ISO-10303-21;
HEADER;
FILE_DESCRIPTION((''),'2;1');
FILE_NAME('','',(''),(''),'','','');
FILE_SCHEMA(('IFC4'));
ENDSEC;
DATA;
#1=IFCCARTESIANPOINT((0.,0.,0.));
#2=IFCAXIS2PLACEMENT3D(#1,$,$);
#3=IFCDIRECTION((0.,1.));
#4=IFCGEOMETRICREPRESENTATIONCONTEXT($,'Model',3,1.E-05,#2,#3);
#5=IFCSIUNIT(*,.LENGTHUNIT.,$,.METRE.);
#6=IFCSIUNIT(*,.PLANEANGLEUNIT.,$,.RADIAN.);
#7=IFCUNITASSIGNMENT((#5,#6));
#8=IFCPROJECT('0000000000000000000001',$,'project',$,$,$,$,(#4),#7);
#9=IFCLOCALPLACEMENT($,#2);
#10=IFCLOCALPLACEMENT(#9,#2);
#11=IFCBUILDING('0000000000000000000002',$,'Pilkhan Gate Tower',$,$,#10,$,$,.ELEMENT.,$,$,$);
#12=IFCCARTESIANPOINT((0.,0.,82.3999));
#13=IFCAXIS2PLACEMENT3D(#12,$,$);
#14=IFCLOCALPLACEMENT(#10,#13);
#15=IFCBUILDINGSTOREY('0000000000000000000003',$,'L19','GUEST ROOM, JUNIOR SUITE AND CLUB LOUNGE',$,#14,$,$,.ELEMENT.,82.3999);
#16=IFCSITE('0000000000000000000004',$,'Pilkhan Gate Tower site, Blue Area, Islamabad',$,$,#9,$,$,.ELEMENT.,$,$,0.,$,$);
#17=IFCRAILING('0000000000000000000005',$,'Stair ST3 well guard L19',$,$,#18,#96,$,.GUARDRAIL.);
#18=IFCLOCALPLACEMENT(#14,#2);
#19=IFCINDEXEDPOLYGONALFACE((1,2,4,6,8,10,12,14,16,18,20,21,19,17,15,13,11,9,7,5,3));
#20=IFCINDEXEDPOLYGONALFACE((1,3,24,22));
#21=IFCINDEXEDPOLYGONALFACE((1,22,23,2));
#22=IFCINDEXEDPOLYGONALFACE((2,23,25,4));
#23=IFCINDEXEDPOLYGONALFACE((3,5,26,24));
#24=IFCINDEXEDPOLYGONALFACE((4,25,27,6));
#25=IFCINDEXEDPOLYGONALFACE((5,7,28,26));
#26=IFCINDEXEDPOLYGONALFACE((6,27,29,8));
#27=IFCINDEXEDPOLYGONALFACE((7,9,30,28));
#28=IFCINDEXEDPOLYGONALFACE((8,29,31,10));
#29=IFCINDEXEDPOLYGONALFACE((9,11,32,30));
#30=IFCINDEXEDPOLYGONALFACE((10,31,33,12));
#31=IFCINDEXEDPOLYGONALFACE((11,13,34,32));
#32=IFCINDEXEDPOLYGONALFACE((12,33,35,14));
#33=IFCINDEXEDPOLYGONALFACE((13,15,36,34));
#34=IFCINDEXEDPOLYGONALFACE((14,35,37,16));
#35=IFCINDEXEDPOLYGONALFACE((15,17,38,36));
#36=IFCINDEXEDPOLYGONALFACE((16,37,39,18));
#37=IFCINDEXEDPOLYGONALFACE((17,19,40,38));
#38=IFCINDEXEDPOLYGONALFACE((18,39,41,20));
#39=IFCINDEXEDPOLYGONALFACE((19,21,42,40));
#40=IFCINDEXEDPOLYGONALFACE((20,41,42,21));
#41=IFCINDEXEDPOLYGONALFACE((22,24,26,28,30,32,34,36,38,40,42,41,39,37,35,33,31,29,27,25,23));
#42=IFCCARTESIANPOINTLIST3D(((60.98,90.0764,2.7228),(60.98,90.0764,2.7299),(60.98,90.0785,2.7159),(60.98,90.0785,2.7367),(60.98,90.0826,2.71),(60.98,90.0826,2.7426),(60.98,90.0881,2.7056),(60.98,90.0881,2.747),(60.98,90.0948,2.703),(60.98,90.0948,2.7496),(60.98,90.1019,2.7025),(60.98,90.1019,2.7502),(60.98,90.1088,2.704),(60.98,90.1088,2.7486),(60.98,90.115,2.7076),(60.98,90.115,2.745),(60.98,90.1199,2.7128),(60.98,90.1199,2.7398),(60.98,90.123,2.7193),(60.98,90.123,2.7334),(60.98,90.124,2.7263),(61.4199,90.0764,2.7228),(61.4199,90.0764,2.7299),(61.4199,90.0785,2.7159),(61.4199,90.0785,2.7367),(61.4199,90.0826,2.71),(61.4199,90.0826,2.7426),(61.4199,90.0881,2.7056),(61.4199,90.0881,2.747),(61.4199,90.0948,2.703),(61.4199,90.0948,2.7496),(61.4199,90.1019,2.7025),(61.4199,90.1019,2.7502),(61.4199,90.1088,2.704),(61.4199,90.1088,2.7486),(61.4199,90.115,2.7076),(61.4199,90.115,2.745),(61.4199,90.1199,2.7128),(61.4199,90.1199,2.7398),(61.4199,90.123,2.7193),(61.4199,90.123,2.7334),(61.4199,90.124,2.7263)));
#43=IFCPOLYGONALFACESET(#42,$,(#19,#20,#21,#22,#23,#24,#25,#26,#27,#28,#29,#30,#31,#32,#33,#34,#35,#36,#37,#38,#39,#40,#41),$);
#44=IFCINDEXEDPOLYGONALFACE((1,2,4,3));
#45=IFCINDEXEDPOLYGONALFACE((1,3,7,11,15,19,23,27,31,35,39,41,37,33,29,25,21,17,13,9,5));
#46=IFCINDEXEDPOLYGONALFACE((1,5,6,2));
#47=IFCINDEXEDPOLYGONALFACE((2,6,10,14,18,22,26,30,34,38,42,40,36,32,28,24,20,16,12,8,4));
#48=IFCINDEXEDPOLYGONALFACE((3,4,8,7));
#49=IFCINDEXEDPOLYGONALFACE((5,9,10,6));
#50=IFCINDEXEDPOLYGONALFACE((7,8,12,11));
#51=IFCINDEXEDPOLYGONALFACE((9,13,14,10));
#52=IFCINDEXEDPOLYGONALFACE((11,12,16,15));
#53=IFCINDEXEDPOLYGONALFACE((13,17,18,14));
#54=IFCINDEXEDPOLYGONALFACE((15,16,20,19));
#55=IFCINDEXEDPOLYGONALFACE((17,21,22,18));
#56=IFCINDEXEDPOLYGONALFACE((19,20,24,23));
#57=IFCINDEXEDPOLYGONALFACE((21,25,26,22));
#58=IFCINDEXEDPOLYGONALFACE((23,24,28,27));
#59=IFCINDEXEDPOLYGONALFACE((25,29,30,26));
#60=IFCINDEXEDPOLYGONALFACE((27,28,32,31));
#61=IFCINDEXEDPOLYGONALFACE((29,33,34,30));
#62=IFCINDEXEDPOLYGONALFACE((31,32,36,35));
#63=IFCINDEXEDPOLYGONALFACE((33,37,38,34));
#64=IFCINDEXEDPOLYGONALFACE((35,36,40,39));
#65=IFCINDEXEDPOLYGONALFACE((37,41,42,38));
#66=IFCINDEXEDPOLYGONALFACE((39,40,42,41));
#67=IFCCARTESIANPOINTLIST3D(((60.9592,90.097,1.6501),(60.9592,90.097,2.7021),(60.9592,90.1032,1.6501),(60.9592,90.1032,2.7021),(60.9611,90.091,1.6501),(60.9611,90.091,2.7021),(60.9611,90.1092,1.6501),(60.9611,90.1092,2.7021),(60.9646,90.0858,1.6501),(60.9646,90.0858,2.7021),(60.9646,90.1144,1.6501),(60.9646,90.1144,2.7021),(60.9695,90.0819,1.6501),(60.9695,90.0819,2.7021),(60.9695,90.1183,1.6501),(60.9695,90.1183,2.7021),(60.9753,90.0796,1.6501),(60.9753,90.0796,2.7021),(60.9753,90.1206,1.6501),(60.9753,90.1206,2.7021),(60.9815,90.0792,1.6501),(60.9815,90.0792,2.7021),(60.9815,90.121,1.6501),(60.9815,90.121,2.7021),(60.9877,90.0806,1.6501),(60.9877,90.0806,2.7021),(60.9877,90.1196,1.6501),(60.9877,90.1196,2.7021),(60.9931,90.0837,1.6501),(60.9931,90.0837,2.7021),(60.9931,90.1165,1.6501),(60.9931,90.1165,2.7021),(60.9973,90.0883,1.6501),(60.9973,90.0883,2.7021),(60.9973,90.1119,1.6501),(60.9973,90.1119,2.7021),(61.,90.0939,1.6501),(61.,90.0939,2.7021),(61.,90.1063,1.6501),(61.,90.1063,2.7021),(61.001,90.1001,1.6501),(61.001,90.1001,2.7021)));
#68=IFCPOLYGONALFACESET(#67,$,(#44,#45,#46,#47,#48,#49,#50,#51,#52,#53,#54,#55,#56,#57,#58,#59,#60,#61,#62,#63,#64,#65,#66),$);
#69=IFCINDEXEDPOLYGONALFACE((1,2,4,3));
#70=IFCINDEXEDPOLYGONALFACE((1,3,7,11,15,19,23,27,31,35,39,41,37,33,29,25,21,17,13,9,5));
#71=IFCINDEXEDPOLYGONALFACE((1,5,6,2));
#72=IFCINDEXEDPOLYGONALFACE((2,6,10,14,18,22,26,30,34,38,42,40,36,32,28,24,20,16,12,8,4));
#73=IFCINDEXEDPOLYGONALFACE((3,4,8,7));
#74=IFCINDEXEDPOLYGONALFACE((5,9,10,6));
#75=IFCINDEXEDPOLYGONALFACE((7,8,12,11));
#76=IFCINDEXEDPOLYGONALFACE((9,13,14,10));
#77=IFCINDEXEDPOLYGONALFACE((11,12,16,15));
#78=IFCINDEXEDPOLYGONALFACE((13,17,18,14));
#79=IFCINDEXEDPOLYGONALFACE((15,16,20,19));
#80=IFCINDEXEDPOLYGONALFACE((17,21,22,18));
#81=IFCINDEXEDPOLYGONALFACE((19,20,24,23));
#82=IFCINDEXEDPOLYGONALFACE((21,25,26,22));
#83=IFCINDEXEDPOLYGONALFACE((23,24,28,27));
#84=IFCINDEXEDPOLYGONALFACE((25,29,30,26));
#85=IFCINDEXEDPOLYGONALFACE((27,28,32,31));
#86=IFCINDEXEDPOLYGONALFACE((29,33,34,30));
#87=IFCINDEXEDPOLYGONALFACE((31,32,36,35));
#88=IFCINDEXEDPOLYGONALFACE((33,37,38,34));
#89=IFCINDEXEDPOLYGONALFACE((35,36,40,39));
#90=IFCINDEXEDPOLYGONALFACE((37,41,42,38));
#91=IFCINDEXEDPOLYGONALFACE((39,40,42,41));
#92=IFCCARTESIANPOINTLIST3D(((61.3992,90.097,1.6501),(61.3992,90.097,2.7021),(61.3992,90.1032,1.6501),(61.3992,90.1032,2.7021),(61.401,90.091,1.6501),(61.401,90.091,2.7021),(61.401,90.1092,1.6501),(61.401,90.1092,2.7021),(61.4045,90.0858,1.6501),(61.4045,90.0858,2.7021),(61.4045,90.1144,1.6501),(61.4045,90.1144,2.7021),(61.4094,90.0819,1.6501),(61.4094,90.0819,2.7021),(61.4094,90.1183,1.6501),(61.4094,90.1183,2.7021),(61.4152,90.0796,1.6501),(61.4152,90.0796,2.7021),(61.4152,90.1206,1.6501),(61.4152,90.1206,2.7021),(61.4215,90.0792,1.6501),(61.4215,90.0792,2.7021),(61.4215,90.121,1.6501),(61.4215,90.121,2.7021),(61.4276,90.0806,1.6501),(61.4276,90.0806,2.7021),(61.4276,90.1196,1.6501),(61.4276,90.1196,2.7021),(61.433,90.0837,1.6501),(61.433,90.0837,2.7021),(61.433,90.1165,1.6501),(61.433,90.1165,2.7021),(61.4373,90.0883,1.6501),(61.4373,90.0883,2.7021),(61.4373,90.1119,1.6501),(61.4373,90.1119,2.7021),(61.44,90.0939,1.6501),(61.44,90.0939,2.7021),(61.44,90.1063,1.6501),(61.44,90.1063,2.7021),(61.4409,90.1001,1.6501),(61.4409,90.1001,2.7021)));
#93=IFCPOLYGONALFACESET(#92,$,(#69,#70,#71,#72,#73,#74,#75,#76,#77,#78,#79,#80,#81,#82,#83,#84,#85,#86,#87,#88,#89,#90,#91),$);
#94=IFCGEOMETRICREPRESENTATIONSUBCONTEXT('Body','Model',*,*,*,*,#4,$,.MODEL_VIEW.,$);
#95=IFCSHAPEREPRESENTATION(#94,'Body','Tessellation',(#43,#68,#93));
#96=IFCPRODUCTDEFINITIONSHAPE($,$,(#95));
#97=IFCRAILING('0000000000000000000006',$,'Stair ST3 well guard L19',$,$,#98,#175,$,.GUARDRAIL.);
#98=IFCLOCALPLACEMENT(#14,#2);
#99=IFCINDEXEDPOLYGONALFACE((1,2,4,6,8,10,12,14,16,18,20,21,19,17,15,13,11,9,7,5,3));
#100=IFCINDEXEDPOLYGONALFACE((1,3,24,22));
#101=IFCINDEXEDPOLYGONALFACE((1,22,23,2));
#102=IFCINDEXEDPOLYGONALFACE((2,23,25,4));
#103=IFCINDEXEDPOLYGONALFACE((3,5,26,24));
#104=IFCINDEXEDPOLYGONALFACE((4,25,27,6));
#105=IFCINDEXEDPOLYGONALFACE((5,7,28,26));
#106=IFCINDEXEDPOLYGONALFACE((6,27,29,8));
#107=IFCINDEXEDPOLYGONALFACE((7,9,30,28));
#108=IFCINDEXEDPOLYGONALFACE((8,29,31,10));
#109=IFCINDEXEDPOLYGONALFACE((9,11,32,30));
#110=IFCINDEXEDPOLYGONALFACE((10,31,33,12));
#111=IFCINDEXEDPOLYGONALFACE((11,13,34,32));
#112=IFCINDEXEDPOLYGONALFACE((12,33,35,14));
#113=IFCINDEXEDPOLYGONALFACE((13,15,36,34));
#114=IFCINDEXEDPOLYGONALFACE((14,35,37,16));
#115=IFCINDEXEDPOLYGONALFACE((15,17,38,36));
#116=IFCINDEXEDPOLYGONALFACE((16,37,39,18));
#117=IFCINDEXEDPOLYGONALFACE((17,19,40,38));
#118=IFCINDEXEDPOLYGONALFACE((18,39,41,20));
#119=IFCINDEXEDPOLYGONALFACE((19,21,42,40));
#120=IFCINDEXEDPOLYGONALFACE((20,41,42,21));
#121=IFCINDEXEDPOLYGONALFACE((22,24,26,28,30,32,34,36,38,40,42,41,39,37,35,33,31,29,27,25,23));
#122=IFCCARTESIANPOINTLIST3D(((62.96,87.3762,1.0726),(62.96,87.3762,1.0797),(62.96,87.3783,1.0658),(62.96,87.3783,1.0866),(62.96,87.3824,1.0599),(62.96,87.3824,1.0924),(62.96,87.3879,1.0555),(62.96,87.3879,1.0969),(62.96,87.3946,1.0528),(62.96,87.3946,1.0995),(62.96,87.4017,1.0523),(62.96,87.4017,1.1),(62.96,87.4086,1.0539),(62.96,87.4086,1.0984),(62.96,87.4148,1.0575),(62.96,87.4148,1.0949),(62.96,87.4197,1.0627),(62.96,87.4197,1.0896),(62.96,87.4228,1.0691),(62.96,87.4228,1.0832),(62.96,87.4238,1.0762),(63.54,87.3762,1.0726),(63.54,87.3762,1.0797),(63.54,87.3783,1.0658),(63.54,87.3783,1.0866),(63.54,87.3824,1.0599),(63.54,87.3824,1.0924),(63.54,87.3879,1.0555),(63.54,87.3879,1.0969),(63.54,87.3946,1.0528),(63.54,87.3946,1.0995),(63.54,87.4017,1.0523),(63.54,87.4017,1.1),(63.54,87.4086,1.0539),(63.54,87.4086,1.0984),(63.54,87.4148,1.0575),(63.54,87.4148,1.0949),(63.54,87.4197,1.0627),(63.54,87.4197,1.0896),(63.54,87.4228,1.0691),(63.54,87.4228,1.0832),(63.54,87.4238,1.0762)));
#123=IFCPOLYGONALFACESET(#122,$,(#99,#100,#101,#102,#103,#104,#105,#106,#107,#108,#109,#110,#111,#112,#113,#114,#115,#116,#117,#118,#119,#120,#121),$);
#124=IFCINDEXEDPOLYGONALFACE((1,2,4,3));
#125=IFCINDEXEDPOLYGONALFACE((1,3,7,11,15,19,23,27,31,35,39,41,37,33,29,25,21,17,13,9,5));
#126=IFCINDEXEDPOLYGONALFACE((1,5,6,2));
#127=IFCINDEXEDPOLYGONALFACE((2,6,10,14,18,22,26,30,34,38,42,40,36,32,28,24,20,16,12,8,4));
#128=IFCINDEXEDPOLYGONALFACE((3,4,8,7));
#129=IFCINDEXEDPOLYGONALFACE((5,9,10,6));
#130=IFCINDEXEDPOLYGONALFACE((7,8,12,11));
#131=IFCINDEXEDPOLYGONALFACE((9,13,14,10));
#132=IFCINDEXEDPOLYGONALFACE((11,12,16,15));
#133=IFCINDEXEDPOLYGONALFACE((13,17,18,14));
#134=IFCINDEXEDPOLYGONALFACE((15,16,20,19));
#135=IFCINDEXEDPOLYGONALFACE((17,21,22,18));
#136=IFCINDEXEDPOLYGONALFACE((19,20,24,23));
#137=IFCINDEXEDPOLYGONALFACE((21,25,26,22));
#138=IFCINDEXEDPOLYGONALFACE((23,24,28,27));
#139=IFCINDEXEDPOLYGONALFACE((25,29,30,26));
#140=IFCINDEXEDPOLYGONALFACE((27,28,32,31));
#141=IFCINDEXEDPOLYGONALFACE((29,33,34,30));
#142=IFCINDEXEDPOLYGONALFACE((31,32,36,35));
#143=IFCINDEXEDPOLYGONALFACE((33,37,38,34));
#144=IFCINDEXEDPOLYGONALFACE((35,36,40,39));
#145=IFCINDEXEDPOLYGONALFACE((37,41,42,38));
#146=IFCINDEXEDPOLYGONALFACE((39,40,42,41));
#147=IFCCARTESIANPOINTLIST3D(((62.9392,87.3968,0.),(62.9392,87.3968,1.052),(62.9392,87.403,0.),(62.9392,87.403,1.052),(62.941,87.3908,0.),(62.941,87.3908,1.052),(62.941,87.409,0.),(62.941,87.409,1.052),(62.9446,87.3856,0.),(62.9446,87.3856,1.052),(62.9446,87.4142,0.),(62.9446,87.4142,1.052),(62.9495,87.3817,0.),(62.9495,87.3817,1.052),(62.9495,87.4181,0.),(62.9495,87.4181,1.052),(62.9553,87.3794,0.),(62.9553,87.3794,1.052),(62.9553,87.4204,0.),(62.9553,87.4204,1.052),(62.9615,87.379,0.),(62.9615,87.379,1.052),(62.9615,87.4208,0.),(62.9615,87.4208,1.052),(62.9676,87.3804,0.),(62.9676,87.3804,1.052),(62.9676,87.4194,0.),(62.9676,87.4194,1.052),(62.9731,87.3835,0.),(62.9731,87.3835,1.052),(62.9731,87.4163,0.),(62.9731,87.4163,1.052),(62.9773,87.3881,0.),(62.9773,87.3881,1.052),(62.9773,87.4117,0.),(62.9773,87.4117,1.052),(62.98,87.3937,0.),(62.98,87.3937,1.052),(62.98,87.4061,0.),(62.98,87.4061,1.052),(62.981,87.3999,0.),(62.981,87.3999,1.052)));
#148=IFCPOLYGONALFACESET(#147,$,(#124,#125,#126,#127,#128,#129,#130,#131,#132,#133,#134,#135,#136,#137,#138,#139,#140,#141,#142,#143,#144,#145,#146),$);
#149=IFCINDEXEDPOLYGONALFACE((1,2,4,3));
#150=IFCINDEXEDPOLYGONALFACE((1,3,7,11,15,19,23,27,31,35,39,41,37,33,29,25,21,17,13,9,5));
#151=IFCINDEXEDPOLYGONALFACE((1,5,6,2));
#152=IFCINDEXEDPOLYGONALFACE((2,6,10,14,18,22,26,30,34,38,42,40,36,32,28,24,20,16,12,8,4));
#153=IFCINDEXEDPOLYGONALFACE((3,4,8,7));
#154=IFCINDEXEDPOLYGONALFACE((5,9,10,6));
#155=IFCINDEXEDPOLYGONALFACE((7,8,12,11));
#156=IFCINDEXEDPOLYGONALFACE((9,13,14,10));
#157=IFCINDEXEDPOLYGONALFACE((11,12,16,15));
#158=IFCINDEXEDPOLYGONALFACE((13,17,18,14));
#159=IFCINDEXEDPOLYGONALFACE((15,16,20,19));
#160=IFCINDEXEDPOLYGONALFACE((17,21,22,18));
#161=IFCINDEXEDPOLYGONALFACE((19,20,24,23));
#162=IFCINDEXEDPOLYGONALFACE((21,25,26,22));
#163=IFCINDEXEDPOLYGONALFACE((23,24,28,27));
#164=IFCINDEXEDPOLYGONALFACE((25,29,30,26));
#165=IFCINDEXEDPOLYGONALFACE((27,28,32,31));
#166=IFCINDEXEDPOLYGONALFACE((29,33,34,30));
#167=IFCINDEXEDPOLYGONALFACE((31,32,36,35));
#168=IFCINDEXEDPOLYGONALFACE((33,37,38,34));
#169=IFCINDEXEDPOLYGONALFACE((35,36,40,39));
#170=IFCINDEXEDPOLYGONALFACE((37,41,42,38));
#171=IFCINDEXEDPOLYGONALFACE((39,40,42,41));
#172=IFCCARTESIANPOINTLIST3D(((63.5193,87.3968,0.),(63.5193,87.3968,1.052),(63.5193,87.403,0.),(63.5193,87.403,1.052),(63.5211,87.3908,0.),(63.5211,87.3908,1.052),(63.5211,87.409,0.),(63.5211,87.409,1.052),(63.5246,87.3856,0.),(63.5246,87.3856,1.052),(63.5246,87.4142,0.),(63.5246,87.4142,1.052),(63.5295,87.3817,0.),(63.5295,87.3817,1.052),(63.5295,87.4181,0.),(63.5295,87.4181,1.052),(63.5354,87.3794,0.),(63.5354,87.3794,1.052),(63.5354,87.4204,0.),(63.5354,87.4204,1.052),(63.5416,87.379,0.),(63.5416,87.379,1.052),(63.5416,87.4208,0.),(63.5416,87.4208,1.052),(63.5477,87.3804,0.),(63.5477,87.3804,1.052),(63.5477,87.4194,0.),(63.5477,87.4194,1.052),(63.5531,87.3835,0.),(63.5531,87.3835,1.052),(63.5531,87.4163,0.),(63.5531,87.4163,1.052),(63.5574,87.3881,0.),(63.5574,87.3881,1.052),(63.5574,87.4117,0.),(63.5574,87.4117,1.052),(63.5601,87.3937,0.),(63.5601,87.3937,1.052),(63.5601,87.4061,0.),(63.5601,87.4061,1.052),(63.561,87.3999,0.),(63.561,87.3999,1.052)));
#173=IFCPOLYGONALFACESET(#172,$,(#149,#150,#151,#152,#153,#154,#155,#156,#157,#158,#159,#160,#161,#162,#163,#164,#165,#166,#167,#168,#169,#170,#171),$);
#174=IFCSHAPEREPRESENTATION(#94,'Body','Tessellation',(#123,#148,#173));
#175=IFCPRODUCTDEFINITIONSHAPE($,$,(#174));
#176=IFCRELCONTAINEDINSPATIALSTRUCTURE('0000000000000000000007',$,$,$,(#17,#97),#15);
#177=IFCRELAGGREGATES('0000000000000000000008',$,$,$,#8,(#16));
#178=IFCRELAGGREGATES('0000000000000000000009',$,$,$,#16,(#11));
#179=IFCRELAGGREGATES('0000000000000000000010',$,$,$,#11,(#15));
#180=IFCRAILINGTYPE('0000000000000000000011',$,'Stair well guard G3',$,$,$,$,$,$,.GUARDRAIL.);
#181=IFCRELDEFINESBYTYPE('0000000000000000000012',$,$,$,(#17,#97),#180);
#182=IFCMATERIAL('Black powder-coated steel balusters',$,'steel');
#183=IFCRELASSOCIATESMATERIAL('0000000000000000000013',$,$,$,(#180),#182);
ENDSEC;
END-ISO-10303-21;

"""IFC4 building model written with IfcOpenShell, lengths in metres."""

from ifc_helpers import new_model, si_unit, direction, frame, origin, origin_2d, place, context, subcontext, project, spatial, circle, extrude, material, type_object, element, save


model = new_model("IFC4")

# Units and contexts
model_context = context("Model", 3, precision=1e-05, world=origin(), true_north=direction((0.0, 1.0)))
body_context = subcontext(model_context, "Body", "Model", "MODEL_VIEW")
ifc_project = project(units=[si_unit("LENGTHUNIT", "METRE"), si_unit("PLANEANGLEUNIT", "RADIAN")], contexts=[model_context])

# Site, building, storey
site_placement = place(None, origin())
site = spatial("IfcSite", under=ifc_project, at=site_placement, Name="Pilkhan Gate Tower site, Blue Area, Islamabad", CompositionType="ELEMENT", RefElevation=0.0)
building_placement = place(site_placement, origin())
building = spatial("IfcBuilding", under=site, at=building_placement, Name="Pilkhan Gate Tower", CompositionType="ELEMENT")
storey_placement = place(building_placement, frame((0.0, 0.0, 82.3999)))
storey = spatial("IfcBuildingStorey", under=building, at=storey_placement, Name="L19", Description="GUEST ROOM, JUNIOR SUITE AND CLUB LOUNGE", CompositionType="ELEMENT", Elevation=82.3999)

# Railings
ifc_material_1 = material(Name="Black powder-coated steel balusters", Category="steel")
railing_type_1 = type_object("IfcRailingType", Name="Stair well guard G3", PredefinedType="GUARDRAIL", material=ifc_material_1)
railing_1_placement = place(storey_placement, frame((60.98, 90.1001, 1.6501)))
element("IfcRailing", 1, at=railing_1_placement, inside=storey, type_object=railing_type_1, Name="Stair ST3 well guard L19", PredefinedType="GUARDRAIL", context=body_context, shape_type="SweptSolid", body=[
    extrude(circle(Radius=0.0239, at=origin_2d()), frame((0.0, 0.0, 1.0762), z_axis=(1.0, 0.0, 0.0), x_axis=(0.0, 1.0, 0.0)), (0.0, 0.0, 1.0), 0.4399),
    extrude(circle(Radius=0.021, at=origin_2d()), origin(), (0.0, 0.0, 1.0), 1.052),
    extrude(circle(Radius=0.021, at=origin_2d()), frame((0.4399, 0.0, 0.0)), (0.0, 0.0, 1.0), 1.052),
])
for number, where, name in (
    (2, (62.96, 87.3999, 0.0), "Stair ST3 well guard L19"),
):
    element("IfcRailing", number, at=place(storey_placement, frame(where)), inside=storey, type_object=railing_type_1, Name=name, PredefinedType="GUARDRAIL", context=body_context, shape_type="SweptSolid", body=[
        extrude(circle(Radius=0.0239, at=origin_2d()), frame((0.0, 0.0, 1.0762), z_axis=(1.0, 0.0, 0.0), x_axis=(0.0, 1.0, 0.0)), (0.0, 0.0, 1.0), 0.5801),
        extrude(circle(Radius=0.021, at=origin_2d()), origin(), (0.0, 0.0, 1.0), 1.052),
        extrude(circle(Radius=0.021, at=origin_2d()), frame((0.5801, 0.0, 0.0)), (0.0, 0.0, 1.0), 1.052),
    ])

save(model, "model.ifc")
